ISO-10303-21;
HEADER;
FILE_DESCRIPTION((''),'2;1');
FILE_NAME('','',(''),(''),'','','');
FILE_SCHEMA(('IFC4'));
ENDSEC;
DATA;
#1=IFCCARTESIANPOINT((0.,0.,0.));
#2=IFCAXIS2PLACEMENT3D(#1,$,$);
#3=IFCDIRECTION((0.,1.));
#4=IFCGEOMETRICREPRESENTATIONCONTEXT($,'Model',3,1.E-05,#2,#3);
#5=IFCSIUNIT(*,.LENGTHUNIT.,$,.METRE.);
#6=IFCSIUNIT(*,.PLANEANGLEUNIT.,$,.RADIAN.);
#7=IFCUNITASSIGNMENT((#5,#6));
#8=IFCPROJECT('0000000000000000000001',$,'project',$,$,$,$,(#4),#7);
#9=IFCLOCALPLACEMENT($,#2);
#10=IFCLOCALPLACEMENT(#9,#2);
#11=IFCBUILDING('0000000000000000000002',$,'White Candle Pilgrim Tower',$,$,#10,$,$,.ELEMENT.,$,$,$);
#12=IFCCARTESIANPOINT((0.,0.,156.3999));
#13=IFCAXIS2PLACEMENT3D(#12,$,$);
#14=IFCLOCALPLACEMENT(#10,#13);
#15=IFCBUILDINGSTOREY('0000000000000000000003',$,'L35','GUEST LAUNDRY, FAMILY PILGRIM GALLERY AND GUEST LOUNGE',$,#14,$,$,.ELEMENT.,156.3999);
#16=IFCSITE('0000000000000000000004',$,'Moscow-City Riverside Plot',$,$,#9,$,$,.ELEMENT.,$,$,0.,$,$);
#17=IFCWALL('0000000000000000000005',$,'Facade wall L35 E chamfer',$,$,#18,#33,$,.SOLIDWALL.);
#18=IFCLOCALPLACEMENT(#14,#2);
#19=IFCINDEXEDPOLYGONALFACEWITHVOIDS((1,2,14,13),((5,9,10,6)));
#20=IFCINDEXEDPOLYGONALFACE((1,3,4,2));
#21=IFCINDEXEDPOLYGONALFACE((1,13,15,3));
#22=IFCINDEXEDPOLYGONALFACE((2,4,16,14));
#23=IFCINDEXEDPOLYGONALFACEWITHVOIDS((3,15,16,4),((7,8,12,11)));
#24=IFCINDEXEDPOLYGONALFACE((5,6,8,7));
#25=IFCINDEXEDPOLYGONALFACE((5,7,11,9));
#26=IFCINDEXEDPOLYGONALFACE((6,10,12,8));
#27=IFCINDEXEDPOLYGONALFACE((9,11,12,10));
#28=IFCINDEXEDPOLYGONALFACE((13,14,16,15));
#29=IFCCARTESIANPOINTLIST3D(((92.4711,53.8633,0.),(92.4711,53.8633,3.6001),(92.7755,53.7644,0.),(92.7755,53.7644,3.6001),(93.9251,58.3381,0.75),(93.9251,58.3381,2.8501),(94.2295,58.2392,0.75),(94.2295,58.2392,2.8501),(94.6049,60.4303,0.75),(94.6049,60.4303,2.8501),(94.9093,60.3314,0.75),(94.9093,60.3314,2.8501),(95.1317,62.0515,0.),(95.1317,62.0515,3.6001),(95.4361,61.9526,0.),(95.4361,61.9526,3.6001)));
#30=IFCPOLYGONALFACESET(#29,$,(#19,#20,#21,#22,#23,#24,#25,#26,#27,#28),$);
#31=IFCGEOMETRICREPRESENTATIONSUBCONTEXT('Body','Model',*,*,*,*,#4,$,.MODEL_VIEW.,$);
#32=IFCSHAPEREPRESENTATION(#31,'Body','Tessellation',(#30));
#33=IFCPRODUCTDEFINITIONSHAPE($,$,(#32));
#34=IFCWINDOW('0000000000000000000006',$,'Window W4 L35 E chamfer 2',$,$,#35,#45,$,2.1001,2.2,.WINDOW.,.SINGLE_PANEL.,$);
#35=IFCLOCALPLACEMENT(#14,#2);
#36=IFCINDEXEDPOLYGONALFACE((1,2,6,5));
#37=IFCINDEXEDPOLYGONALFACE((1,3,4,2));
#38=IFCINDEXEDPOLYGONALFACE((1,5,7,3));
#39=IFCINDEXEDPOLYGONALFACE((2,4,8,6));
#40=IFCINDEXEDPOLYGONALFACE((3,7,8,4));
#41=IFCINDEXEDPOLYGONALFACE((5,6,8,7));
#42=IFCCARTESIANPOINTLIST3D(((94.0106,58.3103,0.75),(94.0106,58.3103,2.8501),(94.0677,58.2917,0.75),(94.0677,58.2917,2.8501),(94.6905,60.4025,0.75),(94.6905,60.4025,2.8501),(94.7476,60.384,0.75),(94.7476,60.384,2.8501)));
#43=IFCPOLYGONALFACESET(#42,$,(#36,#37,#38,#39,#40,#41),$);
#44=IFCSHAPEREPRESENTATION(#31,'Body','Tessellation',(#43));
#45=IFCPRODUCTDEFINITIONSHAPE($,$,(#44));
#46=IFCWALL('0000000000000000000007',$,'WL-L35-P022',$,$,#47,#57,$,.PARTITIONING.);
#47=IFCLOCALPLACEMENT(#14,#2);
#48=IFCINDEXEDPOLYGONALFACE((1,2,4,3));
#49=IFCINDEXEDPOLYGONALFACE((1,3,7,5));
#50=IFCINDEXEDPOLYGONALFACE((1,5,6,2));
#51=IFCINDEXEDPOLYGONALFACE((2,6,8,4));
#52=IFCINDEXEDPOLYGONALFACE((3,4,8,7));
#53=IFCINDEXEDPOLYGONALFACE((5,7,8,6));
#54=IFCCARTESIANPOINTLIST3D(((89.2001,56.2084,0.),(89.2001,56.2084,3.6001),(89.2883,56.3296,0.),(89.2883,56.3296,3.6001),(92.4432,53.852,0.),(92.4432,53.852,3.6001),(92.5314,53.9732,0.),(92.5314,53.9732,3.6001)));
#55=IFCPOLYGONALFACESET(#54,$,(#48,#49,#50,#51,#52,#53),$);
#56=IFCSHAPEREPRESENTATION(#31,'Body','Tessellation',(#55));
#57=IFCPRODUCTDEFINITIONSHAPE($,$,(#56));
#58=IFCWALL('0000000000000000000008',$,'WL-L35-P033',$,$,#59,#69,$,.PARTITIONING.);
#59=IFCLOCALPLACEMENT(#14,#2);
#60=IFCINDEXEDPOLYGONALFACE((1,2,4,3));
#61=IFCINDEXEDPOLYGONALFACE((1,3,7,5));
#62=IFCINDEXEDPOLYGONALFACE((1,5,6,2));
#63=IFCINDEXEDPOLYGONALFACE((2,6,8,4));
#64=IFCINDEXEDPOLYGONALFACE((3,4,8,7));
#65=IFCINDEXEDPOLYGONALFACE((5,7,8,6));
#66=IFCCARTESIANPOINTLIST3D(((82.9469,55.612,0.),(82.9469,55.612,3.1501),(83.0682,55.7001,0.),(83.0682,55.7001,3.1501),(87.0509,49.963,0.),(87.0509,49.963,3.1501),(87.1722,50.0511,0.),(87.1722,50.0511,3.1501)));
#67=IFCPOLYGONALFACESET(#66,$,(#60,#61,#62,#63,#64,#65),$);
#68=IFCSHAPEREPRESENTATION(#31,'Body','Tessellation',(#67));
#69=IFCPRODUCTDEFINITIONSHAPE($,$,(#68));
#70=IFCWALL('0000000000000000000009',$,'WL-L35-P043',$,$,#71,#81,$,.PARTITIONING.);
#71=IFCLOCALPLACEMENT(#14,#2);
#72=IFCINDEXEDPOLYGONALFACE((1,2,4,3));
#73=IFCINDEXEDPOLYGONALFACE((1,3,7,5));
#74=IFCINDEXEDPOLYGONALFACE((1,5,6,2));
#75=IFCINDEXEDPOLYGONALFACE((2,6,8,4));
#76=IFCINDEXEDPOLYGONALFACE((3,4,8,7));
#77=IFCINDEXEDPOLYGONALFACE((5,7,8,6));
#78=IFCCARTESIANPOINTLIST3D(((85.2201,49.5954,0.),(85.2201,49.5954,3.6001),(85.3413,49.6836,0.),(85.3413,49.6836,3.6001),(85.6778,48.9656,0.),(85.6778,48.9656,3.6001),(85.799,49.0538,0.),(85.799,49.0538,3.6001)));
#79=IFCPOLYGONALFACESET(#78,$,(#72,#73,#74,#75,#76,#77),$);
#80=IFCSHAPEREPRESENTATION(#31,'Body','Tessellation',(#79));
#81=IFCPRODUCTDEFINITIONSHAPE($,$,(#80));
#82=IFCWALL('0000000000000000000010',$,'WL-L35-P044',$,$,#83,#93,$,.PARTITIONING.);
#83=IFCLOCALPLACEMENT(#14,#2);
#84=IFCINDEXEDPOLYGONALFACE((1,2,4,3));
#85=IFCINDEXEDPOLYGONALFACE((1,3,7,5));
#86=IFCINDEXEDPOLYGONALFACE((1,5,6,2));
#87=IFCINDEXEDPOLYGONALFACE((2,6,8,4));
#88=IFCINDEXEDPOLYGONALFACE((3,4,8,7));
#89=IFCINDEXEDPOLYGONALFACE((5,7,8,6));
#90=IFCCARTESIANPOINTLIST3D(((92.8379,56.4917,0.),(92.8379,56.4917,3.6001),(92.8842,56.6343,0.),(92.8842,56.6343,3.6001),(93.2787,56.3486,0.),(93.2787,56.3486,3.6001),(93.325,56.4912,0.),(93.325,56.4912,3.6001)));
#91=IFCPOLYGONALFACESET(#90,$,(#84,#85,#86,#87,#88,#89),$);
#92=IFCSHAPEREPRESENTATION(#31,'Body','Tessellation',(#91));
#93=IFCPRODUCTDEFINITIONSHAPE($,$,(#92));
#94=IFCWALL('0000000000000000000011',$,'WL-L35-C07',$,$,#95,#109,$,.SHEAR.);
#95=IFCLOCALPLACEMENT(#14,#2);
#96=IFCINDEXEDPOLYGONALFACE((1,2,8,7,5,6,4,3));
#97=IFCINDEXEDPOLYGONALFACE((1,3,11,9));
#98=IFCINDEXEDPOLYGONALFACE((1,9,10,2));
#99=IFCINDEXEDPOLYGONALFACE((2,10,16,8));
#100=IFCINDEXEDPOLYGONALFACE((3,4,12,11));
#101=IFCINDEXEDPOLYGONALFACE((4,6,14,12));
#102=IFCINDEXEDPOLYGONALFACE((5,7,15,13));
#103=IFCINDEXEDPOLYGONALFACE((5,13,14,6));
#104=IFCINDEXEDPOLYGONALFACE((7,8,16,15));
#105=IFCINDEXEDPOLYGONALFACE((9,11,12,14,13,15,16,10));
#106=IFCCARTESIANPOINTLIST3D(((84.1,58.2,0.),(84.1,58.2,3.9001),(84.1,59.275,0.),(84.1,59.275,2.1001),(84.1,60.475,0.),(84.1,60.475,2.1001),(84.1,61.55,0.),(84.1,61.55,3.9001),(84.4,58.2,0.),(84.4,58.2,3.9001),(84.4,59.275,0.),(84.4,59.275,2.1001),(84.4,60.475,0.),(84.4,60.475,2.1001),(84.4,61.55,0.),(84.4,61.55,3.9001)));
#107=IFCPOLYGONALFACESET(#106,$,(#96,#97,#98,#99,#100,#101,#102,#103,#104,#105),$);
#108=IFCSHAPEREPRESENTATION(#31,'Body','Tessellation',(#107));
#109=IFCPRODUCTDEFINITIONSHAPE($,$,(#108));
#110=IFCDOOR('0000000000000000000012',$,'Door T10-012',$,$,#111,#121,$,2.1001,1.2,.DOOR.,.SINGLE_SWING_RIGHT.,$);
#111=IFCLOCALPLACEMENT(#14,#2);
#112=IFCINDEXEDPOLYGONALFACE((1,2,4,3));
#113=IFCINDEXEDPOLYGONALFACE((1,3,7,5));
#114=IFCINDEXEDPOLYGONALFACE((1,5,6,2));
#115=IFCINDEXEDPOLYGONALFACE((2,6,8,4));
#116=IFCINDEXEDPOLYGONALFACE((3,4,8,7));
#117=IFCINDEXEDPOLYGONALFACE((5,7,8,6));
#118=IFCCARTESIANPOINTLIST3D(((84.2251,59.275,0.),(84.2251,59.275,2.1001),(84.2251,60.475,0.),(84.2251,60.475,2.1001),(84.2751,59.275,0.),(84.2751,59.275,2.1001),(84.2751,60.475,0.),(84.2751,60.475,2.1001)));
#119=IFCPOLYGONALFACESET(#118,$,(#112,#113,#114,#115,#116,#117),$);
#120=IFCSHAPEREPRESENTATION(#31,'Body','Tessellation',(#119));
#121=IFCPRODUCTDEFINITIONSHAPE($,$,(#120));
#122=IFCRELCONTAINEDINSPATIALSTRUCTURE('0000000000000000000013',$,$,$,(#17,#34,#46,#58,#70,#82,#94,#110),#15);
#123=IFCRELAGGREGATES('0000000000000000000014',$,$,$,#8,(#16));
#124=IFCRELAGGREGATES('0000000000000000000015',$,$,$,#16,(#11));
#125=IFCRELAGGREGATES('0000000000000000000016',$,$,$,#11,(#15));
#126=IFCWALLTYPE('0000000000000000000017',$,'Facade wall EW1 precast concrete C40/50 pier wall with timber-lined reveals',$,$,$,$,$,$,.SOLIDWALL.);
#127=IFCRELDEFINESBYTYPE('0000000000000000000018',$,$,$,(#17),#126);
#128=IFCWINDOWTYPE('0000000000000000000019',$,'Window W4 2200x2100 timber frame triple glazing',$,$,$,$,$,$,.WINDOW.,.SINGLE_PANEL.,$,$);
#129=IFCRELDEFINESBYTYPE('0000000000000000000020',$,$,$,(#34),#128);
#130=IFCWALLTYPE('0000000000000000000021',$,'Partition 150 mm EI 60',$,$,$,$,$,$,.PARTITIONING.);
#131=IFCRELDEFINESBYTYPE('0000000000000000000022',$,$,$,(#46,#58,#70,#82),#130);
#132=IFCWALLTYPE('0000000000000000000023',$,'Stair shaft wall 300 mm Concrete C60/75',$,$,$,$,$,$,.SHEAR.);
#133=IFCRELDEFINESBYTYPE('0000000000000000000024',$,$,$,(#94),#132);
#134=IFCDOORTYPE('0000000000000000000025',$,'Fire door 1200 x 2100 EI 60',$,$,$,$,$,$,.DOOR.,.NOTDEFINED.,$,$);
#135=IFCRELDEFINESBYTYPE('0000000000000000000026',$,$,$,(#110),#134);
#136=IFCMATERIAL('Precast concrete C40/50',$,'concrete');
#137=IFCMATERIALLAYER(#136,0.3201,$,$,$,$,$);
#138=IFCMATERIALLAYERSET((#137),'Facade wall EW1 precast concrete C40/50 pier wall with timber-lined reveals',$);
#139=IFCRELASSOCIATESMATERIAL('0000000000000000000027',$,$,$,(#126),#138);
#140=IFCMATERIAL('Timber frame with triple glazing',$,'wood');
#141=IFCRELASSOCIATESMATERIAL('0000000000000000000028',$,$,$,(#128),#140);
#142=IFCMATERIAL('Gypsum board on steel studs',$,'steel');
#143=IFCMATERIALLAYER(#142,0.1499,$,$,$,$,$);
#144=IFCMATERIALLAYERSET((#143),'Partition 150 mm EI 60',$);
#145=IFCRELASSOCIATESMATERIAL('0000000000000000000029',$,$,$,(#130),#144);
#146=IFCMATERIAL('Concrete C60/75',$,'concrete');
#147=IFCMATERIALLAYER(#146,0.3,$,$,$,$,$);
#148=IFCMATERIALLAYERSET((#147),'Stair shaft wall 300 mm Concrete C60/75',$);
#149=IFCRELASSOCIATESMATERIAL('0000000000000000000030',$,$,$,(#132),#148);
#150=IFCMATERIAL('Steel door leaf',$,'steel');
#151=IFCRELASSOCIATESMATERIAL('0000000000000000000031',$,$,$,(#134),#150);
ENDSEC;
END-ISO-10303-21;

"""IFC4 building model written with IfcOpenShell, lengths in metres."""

from ifc_helpers import new_model, si_unit, direction, frame, frame_2d, origin, place, context, subcontext, project, spatial, rectangle, extrude, material, layer, layer_set, type_object, element, fill, save


model = new_model("IFC4")

# Units and contexts
model_context = context("Model", 3, precision=1e-05, world=origin(), true_north=direction((0.0, 1.0)))
body_context = subcontext(model_context, "Body", "Model", "MODEL_VIEW")
ifc_project = project(units=[si_unit("LENGTHUNIT", "METRE"), si_unit("PLANEANGLEUNIT", "RADIAN")], contexts=[model_context])

# Site, building, storey
site_placement = place(None, origin())
site = spatial("IfcSite", under=ifc_project, at=site_placement, Name="Moscow-City Riverside Plot", CompositionType="ELEMENT", RefElevation=0.0)
building_placement = place(site_placement, origin())
building = spatial("IfcBuilding", under=site, at=building_placement, Name="White Candle Pilgrim Tower", CompositionType="ELEMENT")
storey_placement = place(building_placement, frame((0.0, 0.0, 156.3999)))
storey = spatial("IfcBuildingStorey", under=building, at=storey_placement, Name="L35", Description="GUEST LAUNDRY, FAMILY PILGRIM GALLERY AND GUEST LOUNGE", CompositionType="ELEMENT", Elevation=156.3999)

# Shared definitions
ifc_material_1 = material(Name="Concrete C60/75", Category="concrete")

# Shared definitions
ifc_material_2 = material(Name="Gypsum board on steel studs", Category="steel")
ifc_material_3 = material(Name="Steel door leaf", Category="steel")

# Wall, opening, window
ifc_material_4 = material(Name="Precast concrete C40/50", Category="concrete")
ifc_layer_1 = layer(ifc_material_4, 0.3201)
ifc_layer_set_1 = layer_set([ifc_layer_1], Name="Facade wall EW1 precast concrete C40/50 pier wall with timber-lined reveals")
wall_type_1 = type_object("IfcWallType", Name="Facade wall EW1 precast concrete C40/50 pier wall with timber-lined reveals", PredefinedType="SOLIDWALL", material=ifc_layer_set_1)
wall_1_placement = place(storey_placement, frame((92.6233, 53.814, 0.0), z_axis=(0.0, 0.0, 1.0), x_axis=(0.30903, 0.951052, 0.0)))
wall_1 = element("IfcWall", 1, at=wall_1_placement, inside=storey, type_object=wall_type_1, Name="Facade wall L35 E chamfer", PredefinedType="SOLIDWALL", context=body_context, shape_type="SweptSolid", body=[
    extrude(rectangle(XDim=8.6096, YDim=0.3201, at=frame_2d((4.3047, 0.0))), origin(), (0.0, 0.0, 1.0), 3.6001),
])
opening_1_placement = place(wall_1_placement, frame((4.7048, 0.0, 0.75)))
opening_1 = element("IfcOpeningElement", 2, at=opening_1_placement, cuts=wall_1, PredefinedType="OPENING", context=body_context, shape_type="SweptSolid", body=[
    extrude(rectangle(XDim=2.2, YDim=2.1001, at=frame_2d((1.1001, 1.05))), frame((0.0, 0.1699, 0.0), z_axis=(0.0, -1.0, 0.0), x_axis=(1.0, 0.0, 0.0)), (0.0, 0.0, 1.0), 0.3401),
])
ifc_material_5 = material(Name="Timber frame with triple glazing", Category="wood")
window_type = type_object("IfcWindowType", Name="Window W4 2200x2100 timber frame triple glazing", PartitioningType="SINGLE_PANEL", PredefinedType="WINDOW", material=ifc_material_5)
window_placement = place(opening_1_placement, origin())
window = element("IfcWindow", 3, at=window_placement, inside=storey, type_object=window_type, Name="Window W4 L35 E chamfer 2", OverallHeight=2.1001, OverallWidth=2.2, PartitioningType="SINGLE_PANEL", PredefinedType="WINDOW", context=body_context, shape_type="SweptSolid", body=[
    extrude(rectangle(XDim=2.2, YDim=2.1001, at=frame_2d((1.1001, 1.05))), frame((0.0, 0.0701, 0.0), z_axis=(0.0, -1.0, 0.0), x_axis=(1.0, 0.0, 0.0)), (0.0, 0.0, 1.0), 0.0601),
])
fill(opening_1, window)

# Walls
ifc_layer_2 = layer(ifc_material_2, 0.1499)
ifc_layer_set_2 = layer_set([ifc_layer_2], Name="Partition 150 mm EI 60")
wall_type_2 = type_object("IfcWallType", Name="Partition 150 mm EI 60", PredefinedType="PARTITIONING", material=ifc_layer_set_2)
wall_2_placement = place(storey_placement, frame((92.4873, 53.9126, 0.0), z_axis=(0.0, 0.0, 1.0), x_axis=(-0.808999, 0.58781, 0.0)))
element("IfcWall", 4, at=wall_2_placement, inside=storey, type_object=wall_type_2, Name="WL-L35-P022", PredefinedType="PARTITIONING", context=body_context, shape_type="SweptSolid", body=[
    extrude(rectangle(XDim=4.0088, YDim=0.1499, at=frame_2d((2.0044, 0.0))), origin(), (0.0, 0.0, 1.0), 3.6001),
])
wall_3_placement = place(storey_placement, frame((87.1116, 50.0071, 0.0), z_axis=(0.0, 0.0, 1.0), x_axis=(-0.587768, 0.809029, 0.0)))
element("IfcWall", 5, at=wall_3_placement, inside=storey, type_object=wall_type_2, Name="WL-L35-P033", PredefinedType="PARTITIONING", context=body_context, shape_type="SweptSolid", body=[
    extrude(rectangle(XDim=6.9824, YDim=0.1499, at=frame_2d((3.4912, 0.0))), origin(), (0.0, 0.0, 1.0), 3.1501),
])
wall_4_placement = place(storey_placement, frame((85.2808, 49.6394, 0.0), z_axis=(0.0, 0.0, 1.0), x_axis=(0.587892, -0.808939, 0.0)))
element("IfcWall", 6, at=wall_4_placement, inside=storey, type_object=wall_type_2, Name="WL-L35-P043", PredefinedType="PARTITIONING", context=body_context, shape_type="SweptSolid", body=[
    extrude(rectangle(XDim=0.7786, YDim=0.1499, at=frame_2d((0.3892, 0.0))), origin(), (0.0, 0.0, 1.0), 3.6001),
])
wall_5_placement = place(storey_placement, frame((92.8611, 56.563, 0.0), z_axis=(0.0, 0.0, 1.0), x_axis=(0.951131, -0.308788, 0.0)))
element("IfcWall", 7, at=wall_5_placement, inside=storey, type_object=wall_type_2, Name="WL-L35-P044", PredefinedType="PARTITIONING", context=body_context, shape_type="SweptSolid", body=[
    extrude(rectangle(XDim=0.4634, YDim=0.1499, at=frame_2d((0.2317, 0.0))), origin(), (0.0, 0.0, 1.0), 3.6001),
])

# Wall, opening, door
ifc_layer_3 = layer(ifc_material_1, 0.3)
ifc_layer_set_3 = layer_set([ifc_layer_3], Name="Stair shaft wall 300 mm Concrete C60/75")
wall_type_3 = type_object("IfcWallType", Name="Stair shaft wall 300 mm Concrete C60/75", PredefinedType="SHEAR", material=ifc_layer_set_3)
wall_6_placement = place(storey_placement, frame((84.25, 58.2, 0.0), z_axis=(0.0, 0.0, 1.0), x_axis=(0.0, 1.0, 0.0)))
wall_6 = element("IfcWall", 8, at=wall_6_placement, inside=storey, type_object=wall_type_3, Name="WL-L35-C07", PredefinedType="SHEAR", context=body_context, shape_type="SweptSolid", body=[
    extrude(rectangle(XDim=3.3501, YDim=0.3, at=frame_2d((1.675, 0.0))), origin(), (0.0, 0.0, 1.0), 3.9001),
])
opening_2_placement = place(wall_6_placement, frame((1.075, 0.0, 0.0)))
opening_2 = element("IfcOpeningElement", 9, at=opening_2_placement, cuts=wall_6, PredefinedType="OPENING", context=body_context, shape_type="SweptSolid", body=[
    extrude(rectangle(XDim=1.2, YDim=2.1001, at=frame_2d((0.6001, 1.05))), frame((0.0, 0.1599, 0.0), z_axis=(0.0, -1.0, 0.0), x_axis=(1.0, 0.0, 0.0)), (0.0, 0.0, 1.0), 0.3201),
])
door_type_1 = type_object("IfcDoorType", Name="Fire door 1200 x 2100 EI 60", OperationType="NOTDEFINED", PredefinedType="DOOR", material=ifc_material_3)
door_1_placement = place(opening_2_placement, origin())
door_1 = element("IfcDoor", 10, at=door_1_placement, inside=storey, type_object=door_type_1, Name="Door T10-012", OperationType="SINGLE_SWING_RIGHT", OverallHeight=2.1001, OverallWidth=1.2, PredefinedType="DOOR", context=body_context, shape_type="SweptSolid", body=[
    extrude(rectangle(XDim=1.2, YDim=2.1001, at=frame_2d((0.6001, 1.05))), frame((0.0, 0.0249, 0.0), z_axis=(0.0, -1.0, 0.0), x_axis=(1.0, 0.0, 0.0)), (0.0, 0.0, 1.0), 0.05),
])
fill(opening_2, door_1)

save(model, "model.ifc")
